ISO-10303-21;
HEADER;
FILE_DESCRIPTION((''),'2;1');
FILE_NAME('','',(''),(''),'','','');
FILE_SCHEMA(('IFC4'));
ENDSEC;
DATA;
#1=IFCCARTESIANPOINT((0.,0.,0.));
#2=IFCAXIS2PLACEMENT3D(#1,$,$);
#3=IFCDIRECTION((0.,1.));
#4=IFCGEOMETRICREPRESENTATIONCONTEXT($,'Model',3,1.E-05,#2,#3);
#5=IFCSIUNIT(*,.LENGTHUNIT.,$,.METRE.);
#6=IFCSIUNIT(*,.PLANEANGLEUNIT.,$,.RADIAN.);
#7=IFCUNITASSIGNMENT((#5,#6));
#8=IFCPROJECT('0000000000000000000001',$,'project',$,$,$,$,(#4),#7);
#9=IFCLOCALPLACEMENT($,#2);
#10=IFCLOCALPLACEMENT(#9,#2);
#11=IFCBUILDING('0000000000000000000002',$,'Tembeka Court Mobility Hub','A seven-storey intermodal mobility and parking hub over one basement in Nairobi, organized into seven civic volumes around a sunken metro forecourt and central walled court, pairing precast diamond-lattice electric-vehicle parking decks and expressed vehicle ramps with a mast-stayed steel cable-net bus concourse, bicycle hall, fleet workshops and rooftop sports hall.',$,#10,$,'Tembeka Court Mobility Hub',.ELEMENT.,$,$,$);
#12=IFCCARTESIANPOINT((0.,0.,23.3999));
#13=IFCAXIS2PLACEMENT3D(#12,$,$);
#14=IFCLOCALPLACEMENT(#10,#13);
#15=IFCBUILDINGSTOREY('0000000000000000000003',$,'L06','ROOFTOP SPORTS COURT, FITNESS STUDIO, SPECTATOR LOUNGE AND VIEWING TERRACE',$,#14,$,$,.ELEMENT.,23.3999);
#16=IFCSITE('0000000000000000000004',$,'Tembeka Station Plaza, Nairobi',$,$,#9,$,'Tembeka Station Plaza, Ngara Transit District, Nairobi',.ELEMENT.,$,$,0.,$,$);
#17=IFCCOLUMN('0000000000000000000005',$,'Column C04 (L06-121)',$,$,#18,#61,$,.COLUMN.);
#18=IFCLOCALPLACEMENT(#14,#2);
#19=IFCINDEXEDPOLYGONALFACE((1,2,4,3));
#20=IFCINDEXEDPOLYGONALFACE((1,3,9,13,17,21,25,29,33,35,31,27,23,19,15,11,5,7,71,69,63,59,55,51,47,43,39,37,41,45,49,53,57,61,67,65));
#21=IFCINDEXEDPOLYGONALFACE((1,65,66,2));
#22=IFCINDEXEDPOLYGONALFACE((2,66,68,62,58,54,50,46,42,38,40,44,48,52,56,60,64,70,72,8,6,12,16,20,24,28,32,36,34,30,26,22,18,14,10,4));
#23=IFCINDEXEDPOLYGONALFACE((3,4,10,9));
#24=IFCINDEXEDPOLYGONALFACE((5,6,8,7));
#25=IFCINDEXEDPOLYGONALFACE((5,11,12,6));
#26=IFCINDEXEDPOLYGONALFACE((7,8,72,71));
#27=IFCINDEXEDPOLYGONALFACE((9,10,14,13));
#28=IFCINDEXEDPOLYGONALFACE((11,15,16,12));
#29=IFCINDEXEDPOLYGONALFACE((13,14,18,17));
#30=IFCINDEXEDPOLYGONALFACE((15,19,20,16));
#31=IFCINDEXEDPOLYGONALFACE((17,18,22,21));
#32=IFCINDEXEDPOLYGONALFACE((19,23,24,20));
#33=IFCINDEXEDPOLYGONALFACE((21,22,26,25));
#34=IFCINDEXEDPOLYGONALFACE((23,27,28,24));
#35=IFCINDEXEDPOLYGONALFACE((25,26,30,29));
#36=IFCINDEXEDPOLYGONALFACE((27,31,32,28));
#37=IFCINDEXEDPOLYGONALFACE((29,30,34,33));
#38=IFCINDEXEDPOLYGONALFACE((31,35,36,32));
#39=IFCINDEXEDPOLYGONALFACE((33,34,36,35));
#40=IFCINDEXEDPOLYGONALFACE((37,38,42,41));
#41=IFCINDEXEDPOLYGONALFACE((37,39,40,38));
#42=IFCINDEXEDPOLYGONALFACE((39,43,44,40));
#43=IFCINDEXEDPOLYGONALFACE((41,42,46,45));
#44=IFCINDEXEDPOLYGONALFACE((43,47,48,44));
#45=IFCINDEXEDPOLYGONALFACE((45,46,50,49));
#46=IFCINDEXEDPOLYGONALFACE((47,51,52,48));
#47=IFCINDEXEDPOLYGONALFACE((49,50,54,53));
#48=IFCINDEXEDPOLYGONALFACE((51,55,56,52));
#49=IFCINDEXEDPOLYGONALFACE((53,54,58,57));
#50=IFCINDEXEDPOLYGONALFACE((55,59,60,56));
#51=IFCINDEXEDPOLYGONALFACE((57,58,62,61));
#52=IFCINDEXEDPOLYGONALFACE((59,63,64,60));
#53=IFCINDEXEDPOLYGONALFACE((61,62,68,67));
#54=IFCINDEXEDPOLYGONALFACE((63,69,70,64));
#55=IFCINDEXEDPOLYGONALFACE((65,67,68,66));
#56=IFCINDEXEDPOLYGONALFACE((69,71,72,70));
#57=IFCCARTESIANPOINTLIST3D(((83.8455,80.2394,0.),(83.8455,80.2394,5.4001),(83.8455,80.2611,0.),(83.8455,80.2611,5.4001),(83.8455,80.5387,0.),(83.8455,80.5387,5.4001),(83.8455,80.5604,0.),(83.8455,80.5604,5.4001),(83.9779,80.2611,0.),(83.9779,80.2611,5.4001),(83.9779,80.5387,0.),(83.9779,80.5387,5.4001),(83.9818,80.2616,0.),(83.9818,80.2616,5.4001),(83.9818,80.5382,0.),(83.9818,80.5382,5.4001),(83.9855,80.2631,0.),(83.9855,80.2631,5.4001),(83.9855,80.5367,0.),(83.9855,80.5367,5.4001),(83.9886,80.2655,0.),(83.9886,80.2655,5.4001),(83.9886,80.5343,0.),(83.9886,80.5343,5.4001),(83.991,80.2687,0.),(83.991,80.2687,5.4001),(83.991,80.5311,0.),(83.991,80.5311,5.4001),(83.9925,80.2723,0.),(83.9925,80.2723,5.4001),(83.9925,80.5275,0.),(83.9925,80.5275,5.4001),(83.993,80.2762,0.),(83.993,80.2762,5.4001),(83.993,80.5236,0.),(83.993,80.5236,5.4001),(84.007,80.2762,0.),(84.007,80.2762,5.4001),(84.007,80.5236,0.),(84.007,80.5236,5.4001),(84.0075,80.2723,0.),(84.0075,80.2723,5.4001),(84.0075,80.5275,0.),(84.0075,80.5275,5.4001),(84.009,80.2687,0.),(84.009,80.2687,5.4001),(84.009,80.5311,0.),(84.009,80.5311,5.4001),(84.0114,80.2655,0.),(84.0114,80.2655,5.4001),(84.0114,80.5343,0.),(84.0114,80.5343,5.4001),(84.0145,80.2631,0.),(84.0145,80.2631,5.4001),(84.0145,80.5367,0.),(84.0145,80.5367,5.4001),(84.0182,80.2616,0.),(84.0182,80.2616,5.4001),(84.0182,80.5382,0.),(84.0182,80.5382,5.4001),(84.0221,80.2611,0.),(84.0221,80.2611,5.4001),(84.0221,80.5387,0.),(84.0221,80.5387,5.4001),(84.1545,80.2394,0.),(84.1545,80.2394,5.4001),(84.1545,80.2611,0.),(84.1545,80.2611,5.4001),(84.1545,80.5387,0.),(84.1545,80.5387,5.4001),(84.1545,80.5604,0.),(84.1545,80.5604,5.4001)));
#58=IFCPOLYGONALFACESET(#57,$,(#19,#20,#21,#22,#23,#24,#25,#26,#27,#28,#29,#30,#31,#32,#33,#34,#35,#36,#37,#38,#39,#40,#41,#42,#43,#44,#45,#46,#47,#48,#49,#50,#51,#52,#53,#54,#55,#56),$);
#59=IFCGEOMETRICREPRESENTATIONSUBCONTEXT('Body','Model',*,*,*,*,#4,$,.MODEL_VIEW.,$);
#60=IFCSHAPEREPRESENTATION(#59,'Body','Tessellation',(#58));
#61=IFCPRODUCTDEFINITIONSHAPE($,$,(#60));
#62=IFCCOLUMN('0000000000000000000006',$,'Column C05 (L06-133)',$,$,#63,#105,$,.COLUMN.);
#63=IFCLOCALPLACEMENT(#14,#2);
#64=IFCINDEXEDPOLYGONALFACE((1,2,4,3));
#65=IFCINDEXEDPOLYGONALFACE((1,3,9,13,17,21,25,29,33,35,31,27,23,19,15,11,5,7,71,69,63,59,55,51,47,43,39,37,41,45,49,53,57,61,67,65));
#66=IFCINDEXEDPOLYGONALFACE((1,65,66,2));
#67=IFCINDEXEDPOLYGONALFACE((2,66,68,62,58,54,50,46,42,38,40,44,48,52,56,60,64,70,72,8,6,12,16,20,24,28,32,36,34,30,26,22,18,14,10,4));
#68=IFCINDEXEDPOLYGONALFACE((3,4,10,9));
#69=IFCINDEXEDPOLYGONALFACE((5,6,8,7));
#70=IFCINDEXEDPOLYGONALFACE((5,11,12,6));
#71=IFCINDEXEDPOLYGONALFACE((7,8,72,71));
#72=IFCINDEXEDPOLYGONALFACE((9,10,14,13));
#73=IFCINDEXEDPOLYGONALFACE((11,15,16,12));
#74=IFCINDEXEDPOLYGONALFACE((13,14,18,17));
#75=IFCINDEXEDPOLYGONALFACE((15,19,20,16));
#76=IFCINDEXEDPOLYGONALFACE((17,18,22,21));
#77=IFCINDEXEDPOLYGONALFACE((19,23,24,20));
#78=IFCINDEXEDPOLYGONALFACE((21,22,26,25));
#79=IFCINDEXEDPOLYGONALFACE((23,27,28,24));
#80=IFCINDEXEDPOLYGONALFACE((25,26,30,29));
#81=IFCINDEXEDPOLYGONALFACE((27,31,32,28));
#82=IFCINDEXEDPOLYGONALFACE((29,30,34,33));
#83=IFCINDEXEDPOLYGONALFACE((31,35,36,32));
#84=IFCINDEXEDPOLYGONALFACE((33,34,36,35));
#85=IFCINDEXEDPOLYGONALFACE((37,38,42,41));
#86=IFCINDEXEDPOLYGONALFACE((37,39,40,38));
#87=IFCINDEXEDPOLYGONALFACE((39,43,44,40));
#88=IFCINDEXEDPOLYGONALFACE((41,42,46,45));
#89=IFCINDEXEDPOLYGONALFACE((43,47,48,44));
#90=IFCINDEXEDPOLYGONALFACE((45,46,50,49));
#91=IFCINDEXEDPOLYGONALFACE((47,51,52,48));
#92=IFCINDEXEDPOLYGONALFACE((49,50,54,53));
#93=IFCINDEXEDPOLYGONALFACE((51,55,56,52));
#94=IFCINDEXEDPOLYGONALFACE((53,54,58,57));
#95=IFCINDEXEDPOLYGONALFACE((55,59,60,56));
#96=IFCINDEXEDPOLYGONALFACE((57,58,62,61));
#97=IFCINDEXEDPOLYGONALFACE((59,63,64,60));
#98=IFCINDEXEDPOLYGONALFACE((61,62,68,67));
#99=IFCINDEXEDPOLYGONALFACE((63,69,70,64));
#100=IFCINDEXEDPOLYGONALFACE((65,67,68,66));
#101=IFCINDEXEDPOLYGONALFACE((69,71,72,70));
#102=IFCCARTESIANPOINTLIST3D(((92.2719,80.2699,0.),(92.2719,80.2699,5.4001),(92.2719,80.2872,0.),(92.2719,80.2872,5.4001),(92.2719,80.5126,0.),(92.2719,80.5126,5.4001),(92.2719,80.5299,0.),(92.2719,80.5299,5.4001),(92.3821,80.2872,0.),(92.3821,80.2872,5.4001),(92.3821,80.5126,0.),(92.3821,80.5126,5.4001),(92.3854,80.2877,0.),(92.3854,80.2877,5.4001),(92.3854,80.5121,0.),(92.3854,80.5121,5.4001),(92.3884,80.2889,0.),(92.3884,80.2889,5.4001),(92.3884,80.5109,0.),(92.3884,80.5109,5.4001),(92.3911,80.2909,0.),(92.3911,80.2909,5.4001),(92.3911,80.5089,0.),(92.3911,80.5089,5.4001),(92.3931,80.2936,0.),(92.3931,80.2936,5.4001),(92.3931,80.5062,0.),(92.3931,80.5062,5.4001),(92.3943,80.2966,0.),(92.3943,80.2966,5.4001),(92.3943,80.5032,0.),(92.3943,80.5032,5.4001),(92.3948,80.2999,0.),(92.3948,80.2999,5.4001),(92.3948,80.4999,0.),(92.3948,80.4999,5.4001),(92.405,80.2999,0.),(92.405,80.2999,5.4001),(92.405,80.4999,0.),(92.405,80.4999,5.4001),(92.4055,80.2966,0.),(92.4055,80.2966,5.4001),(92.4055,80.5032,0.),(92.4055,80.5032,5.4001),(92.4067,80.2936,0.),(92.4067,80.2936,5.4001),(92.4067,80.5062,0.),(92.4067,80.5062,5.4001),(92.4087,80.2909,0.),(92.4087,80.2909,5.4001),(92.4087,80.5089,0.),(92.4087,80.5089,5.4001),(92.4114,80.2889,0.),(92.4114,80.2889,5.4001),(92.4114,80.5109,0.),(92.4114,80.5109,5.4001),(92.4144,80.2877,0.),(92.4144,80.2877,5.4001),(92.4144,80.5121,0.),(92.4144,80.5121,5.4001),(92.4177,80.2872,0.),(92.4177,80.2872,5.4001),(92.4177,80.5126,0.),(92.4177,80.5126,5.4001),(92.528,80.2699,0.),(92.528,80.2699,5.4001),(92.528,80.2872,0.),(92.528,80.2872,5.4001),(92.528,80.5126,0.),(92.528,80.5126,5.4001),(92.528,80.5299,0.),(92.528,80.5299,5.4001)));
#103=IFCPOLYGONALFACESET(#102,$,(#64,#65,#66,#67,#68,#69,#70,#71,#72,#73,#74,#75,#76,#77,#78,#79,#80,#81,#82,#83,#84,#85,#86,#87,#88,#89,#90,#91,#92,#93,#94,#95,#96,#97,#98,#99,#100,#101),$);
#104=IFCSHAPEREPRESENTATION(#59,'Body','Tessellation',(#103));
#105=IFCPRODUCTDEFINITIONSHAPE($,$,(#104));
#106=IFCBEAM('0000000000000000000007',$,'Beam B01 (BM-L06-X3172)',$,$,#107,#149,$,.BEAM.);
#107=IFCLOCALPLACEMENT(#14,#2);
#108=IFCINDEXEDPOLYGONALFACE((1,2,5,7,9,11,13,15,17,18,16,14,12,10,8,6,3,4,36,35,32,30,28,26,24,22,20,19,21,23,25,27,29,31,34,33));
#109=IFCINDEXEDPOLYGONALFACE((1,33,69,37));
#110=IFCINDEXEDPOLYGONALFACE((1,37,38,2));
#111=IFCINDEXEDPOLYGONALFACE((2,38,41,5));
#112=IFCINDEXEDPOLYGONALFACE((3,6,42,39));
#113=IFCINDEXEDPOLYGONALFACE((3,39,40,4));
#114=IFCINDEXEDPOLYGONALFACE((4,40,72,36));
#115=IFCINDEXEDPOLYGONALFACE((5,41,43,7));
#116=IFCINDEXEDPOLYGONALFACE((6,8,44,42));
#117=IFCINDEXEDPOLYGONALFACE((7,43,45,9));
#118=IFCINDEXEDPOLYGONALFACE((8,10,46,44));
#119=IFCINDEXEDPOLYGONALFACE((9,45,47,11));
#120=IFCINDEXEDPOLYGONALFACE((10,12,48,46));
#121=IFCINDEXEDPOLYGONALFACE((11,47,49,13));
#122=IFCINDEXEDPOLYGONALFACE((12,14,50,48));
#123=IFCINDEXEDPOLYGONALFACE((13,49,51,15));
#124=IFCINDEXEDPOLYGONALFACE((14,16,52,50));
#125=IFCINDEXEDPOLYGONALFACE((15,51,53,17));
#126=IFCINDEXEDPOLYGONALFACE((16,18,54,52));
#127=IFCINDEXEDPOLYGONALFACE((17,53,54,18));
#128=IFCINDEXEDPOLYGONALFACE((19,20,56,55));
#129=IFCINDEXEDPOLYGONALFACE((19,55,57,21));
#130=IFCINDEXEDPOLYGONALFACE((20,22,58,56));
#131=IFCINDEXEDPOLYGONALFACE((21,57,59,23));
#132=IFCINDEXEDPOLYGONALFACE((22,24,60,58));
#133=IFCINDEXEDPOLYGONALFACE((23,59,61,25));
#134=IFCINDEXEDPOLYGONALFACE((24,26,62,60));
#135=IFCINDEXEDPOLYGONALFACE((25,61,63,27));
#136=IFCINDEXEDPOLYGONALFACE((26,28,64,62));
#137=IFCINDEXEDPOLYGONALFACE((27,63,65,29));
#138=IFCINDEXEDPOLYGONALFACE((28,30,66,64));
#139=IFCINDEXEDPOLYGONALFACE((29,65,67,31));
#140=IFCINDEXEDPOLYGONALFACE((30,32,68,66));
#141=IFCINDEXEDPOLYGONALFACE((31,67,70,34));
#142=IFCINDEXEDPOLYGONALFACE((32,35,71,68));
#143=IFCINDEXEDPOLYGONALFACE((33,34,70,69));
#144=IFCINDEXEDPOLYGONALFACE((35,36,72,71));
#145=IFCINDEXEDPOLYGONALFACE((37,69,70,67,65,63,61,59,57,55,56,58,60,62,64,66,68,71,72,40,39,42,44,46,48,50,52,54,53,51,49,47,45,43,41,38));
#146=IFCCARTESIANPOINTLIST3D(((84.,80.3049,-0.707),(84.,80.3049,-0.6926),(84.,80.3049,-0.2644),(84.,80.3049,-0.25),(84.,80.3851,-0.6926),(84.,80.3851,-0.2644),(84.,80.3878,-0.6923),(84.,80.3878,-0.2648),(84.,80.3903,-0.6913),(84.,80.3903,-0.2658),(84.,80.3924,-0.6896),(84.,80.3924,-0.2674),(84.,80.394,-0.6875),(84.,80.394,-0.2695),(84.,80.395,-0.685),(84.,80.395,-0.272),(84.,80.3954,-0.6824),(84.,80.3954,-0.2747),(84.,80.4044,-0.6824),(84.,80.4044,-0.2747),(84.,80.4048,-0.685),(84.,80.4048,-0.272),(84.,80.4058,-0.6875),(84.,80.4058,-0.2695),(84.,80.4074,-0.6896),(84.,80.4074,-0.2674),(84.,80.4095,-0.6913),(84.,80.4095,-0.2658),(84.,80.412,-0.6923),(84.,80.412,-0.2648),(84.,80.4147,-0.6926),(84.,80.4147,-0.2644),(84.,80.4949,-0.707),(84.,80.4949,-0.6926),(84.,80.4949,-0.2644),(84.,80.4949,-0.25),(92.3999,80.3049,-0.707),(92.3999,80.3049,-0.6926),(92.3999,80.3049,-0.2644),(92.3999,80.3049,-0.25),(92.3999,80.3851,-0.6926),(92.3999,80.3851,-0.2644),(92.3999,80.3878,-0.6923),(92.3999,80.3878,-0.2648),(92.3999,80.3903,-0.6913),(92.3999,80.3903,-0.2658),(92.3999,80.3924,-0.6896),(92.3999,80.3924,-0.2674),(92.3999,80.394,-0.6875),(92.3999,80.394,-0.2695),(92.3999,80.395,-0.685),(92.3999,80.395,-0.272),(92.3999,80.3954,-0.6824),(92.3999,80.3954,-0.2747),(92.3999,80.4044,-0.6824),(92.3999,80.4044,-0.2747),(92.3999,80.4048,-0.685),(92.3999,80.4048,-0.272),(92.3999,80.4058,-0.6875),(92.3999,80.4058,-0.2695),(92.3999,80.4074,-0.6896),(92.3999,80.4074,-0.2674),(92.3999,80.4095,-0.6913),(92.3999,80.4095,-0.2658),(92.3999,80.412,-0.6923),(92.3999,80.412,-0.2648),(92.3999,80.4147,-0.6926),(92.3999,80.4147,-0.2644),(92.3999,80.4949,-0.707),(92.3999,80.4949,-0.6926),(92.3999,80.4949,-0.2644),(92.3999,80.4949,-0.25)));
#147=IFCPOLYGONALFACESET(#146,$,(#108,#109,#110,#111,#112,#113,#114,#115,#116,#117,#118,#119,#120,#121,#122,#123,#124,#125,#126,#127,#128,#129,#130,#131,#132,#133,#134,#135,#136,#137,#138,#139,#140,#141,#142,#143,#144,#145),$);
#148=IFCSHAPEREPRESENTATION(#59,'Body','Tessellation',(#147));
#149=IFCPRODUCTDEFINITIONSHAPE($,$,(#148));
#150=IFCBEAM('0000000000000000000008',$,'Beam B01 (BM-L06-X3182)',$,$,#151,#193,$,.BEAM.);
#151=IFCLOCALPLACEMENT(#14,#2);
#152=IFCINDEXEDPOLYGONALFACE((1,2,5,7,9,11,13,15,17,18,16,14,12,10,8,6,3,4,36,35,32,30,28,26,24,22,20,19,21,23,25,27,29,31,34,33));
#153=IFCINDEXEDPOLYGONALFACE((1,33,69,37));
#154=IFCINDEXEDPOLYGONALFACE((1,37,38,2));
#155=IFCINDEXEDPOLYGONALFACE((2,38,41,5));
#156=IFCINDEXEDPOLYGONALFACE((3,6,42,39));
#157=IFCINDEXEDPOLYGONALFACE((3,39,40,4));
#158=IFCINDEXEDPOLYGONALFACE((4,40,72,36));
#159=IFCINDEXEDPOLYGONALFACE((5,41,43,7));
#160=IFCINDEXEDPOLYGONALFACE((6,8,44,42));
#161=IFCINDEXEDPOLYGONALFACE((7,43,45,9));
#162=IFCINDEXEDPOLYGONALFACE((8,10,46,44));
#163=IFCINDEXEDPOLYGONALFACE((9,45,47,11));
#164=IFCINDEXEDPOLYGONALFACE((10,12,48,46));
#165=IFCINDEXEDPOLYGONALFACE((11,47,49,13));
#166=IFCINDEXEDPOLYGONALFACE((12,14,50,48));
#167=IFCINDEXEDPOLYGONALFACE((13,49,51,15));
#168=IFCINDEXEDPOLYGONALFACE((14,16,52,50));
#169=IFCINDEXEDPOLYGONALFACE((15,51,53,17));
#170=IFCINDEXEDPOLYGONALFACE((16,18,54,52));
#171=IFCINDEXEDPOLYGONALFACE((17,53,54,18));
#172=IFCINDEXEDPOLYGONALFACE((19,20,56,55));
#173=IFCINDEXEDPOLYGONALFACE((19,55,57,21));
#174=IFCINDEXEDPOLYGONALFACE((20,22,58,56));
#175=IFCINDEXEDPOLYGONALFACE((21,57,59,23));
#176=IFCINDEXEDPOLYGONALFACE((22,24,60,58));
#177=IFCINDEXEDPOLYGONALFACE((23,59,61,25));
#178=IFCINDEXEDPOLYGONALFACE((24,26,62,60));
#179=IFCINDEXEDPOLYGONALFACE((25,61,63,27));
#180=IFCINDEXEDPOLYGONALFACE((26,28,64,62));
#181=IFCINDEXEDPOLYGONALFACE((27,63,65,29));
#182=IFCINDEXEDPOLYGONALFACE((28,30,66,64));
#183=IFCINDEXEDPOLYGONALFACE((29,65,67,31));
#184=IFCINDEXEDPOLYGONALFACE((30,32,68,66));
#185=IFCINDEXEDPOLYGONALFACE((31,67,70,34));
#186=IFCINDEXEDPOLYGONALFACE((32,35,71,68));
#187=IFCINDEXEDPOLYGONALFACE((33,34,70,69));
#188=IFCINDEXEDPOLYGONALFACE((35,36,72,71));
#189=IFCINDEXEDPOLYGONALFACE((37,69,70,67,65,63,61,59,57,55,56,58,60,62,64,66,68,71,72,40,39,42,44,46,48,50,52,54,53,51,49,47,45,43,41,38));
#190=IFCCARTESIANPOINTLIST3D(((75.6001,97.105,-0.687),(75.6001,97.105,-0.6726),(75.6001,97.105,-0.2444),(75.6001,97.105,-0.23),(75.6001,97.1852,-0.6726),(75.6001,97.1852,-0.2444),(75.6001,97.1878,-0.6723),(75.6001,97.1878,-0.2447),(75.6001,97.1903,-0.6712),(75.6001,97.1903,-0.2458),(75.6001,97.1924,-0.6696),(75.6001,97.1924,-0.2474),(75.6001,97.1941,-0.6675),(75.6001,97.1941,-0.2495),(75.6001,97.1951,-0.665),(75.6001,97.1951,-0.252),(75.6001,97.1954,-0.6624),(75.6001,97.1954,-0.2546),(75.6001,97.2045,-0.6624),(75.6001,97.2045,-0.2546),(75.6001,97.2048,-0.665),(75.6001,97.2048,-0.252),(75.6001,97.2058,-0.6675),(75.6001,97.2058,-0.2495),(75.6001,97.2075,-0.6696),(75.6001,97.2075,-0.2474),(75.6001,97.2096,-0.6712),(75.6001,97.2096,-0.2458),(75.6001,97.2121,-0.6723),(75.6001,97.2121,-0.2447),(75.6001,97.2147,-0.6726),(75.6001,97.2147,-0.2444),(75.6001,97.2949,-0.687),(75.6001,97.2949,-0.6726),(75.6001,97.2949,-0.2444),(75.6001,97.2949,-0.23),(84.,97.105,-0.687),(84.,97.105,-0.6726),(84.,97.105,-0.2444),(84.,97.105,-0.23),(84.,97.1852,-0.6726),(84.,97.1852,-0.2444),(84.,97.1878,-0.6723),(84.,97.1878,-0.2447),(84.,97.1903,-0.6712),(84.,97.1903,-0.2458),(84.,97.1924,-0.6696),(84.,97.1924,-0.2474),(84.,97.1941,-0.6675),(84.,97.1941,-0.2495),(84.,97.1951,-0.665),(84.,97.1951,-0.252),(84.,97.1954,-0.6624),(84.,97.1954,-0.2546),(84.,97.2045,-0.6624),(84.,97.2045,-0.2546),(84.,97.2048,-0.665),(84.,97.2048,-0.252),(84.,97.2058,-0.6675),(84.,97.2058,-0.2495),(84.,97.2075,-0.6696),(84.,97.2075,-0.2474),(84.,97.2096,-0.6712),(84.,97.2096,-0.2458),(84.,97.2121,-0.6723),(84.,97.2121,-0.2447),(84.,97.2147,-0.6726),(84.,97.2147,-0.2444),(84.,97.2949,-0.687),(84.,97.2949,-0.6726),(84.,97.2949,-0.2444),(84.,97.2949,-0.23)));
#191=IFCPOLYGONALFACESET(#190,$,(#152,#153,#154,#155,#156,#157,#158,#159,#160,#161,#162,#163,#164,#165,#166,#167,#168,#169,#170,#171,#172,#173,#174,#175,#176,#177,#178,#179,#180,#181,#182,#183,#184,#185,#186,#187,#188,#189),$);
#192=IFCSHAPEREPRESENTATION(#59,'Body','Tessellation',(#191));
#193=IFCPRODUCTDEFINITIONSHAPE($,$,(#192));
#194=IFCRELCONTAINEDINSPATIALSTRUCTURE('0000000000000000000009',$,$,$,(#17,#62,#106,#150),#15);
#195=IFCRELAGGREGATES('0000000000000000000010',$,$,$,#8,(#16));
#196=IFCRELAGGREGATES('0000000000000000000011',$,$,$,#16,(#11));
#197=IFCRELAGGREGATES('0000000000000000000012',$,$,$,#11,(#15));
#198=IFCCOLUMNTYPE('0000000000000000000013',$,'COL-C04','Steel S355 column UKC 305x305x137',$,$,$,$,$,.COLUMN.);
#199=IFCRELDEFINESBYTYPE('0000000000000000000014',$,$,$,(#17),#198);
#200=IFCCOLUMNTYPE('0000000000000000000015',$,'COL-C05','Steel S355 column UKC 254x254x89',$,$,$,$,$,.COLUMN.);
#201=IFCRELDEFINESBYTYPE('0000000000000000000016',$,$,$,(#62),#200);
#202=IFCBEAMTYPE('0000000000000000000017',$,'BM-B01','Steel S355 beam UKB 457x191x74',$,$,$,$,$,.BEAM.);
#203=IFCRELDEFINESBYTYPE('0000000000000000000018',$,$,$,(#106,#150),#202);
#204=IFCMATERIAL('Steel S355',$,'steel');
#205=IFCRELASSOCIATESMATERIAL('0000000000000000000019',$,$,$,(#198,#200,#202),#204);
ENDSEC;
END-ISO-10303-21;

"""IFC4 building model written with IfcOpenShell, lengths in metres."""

from ifc_helpers import new_model, si_unit, direction, frame, origin, origin_2d, place, context, subcontext, project, spatial, i_section, extrude, material, material_profile, profile_set, type_object, element, save


model = new_model("IFC4")

# Units and contexts
model_context = context("Model", 3, precision=1e-05, world=origin(), true_north=direction((0.0, 1.0)))
body_context = subcontext(model_context, "Body", "Model", "MODEL_VIEW")
ifc_project = project(units=[si_unit("LENGTHUNIT", "METRE"), si_unit("PLANEANGLEUNIT", "RADIAN")], contexts=[model_context])

# Site, building, storey
site_placement = place(None, origin())
site = spatial("IfcSite", under=ifc_project, at=site_placement, Name="Tembeka Station Plaza, Nairobi", LongName="Tembeka Station Plaza, Ngara Transit District, Nairobi", CompositionType="ELEMENT", RefElevation=0.0)
building_placement = place(site_placement, origin())
building = spatial("IfcBuilding", under=site, at=building_placement, Name="Tembeka Court Mobility Hub", Description="A seven-storey intermodal mobility and parking hub over one basement in Nairobi, organized into seven civic volumes around a sunken metro forecourt and central walled court, pairing precast diamond-lattice electric-vehicle parking decks and expressed vehicle ramps with a mast-stayed steel cable-net bus concourse, bicycle hall, fleet workshops and rooftop sports hall.", LongName="Tembeka Court Mobility Hub", CompositionType="ELEMENT")
storey_placement = place(building_placement, frame((0.0, 0.0, 23.3999)))
storey = spatial("IfcBuildingStorey", under=building, at=storey_placement, Name="L06", Description="ROOFTOP SPORTS COURT, FITNESS STUDIO, SPECTATOR LOUNGE AND VIEWING TERRACE", CompositionType="ELEMENT", Elevation=23.3999)

# Columns
ifc_material_1 = material(Name="Steel S355", Category="steel")
ifc_material_profile_1 = material_profile(ifc_material_1, i_section(OverallWidth=0.3091, OverallDepth=0.321, WebThickness=0.0139, FlangeThickness=0.0217, FilletRadius=0.0151, at=origin_2d()), Name="UKC 305x305x137")
ifc_profile_set_1 = profile_set([ifc_material_profile_1], Name="Steel S355")
column_type_1 = type_object("IfcColumnType", Name="COL-C04", Description="Steel S355 column UKC 305x305x137", PredefinedType="COLUMN", material=ifc_profile_set_1)
column_1_placement = place(storey_placement, frame((84.0, 80.3999, 0.0), z_axis=(0.0, 0.0, 1.0), x_axis=(1.0, 0.0, 0.0)))
element("IfcColumn", 1, at=column_1_placement, inside=storey, type_object=column_type_1, Name="Column C04 (L06-121)", PredefinedType="COLUMN", context=body_context, shape_type="SweptSolid", body=[
    extrude(i_section(OverallWidth=0.3091, OverallDepth=0.321, WebThickness=0.0139, FlangeThickness=0.0217, FilletRadius=0.0151, at=origin_2d()), origin(), (0.0, 0.0, 1.0), 5.4001),
])
ifc_material_profile_2 = material_profile(ifc_material_1, i_section(OverallWidth=0.2561, OverallDepth=0.26, WebThickness=0.0103, FlangeThickness=0.0173, FilletRadius=0.0127, at=origin_2d()), Name="UKC 254x254x89")
ifc_profile_set_2 = profile_set([ifc_material_profile_2], Name="Steel S355")
column_type_2 = type_object("IfcColumnType", Name="COL-C05", Description="Steel S355 column UKC 254x254x89", PredefinedType="COLUMN", material=ifc_profile_set_2)
column_2_placement = place(storey_placement, frame((92.3999, 80.3999, 0.0), z_axis=(0.0, 0.0, 1.0), x_axis=(1.0, 0.0, 0.0)))
element("IfcColumn", 2, at=column_2_placement, inside=storey, type_object=column_type_2, Name="Column C05 (L06-133)", PredefinedType="COLUMN", context=body_context, shape_type="SweptSolid", body=[
    extrude(i_section(OverallWidth=0.2561, OverallDepth=0.26, WebThickness=0.0103, FlangeThickness=0.0173, FilletRadius=0.0127, at=origin_2d()), origin(), (0.0, 0.0, 1.0), 5.4001),
])

# Beams
ifc_material_profile_3 = material_profile(ifc_material_1, i_section(OverallWidth=0.1899, OverallDepth=0.457, WebThickness=0.009, FlangeThickness=0.0144, FilletRadius=0.0103, at=origin_2d()), Name="UKB 457x191x74")
ifc_profile_set_3 = profile_set([ifc_material_profile_3], Name="Steel S355")
beam_type_1 = type_object("IfcBeamType", Name="BM-B01", Description="Steel S355 beam UKB 457x191x74", PredefinedType="BEAM", material=ifc_profile_set_3)
for number, where, z_axis, x_axis, name in (
    (3, (84.0, 80.3999, -0.4785), (1.0, 0.0, 0.0), (0.0, 1.0, 0.0), "Beam B01 (BM-L06-X3172)"),
    (4, (75.6001, 97.2, -0.4585), (1.0, 0.0, 0.0), (0.0, 1.0, 0.0), "Beam B01 (BM-L06-X3182)"),
):
    element("IfcBeam", number, at=place(storey_placement, frame(where, z_axis=z_axis, x_axis=x_axis)), inside=storey, type_object=beam_type_1, Name=name, PredefinedType="BEAM", context=body_context, shape_type="SweptSolid", body=[
        extrude(i_section(OverallWidth=0.1899, OverallDepth=0.457, WebThickness=0.009, FlangeThickness=0.0144, FilletRadius=0.0103, at=origin_2d()), origin(), (0.0, 0.0, 1.0), 8.3999),
    ])

save(model, "model.ifc")
